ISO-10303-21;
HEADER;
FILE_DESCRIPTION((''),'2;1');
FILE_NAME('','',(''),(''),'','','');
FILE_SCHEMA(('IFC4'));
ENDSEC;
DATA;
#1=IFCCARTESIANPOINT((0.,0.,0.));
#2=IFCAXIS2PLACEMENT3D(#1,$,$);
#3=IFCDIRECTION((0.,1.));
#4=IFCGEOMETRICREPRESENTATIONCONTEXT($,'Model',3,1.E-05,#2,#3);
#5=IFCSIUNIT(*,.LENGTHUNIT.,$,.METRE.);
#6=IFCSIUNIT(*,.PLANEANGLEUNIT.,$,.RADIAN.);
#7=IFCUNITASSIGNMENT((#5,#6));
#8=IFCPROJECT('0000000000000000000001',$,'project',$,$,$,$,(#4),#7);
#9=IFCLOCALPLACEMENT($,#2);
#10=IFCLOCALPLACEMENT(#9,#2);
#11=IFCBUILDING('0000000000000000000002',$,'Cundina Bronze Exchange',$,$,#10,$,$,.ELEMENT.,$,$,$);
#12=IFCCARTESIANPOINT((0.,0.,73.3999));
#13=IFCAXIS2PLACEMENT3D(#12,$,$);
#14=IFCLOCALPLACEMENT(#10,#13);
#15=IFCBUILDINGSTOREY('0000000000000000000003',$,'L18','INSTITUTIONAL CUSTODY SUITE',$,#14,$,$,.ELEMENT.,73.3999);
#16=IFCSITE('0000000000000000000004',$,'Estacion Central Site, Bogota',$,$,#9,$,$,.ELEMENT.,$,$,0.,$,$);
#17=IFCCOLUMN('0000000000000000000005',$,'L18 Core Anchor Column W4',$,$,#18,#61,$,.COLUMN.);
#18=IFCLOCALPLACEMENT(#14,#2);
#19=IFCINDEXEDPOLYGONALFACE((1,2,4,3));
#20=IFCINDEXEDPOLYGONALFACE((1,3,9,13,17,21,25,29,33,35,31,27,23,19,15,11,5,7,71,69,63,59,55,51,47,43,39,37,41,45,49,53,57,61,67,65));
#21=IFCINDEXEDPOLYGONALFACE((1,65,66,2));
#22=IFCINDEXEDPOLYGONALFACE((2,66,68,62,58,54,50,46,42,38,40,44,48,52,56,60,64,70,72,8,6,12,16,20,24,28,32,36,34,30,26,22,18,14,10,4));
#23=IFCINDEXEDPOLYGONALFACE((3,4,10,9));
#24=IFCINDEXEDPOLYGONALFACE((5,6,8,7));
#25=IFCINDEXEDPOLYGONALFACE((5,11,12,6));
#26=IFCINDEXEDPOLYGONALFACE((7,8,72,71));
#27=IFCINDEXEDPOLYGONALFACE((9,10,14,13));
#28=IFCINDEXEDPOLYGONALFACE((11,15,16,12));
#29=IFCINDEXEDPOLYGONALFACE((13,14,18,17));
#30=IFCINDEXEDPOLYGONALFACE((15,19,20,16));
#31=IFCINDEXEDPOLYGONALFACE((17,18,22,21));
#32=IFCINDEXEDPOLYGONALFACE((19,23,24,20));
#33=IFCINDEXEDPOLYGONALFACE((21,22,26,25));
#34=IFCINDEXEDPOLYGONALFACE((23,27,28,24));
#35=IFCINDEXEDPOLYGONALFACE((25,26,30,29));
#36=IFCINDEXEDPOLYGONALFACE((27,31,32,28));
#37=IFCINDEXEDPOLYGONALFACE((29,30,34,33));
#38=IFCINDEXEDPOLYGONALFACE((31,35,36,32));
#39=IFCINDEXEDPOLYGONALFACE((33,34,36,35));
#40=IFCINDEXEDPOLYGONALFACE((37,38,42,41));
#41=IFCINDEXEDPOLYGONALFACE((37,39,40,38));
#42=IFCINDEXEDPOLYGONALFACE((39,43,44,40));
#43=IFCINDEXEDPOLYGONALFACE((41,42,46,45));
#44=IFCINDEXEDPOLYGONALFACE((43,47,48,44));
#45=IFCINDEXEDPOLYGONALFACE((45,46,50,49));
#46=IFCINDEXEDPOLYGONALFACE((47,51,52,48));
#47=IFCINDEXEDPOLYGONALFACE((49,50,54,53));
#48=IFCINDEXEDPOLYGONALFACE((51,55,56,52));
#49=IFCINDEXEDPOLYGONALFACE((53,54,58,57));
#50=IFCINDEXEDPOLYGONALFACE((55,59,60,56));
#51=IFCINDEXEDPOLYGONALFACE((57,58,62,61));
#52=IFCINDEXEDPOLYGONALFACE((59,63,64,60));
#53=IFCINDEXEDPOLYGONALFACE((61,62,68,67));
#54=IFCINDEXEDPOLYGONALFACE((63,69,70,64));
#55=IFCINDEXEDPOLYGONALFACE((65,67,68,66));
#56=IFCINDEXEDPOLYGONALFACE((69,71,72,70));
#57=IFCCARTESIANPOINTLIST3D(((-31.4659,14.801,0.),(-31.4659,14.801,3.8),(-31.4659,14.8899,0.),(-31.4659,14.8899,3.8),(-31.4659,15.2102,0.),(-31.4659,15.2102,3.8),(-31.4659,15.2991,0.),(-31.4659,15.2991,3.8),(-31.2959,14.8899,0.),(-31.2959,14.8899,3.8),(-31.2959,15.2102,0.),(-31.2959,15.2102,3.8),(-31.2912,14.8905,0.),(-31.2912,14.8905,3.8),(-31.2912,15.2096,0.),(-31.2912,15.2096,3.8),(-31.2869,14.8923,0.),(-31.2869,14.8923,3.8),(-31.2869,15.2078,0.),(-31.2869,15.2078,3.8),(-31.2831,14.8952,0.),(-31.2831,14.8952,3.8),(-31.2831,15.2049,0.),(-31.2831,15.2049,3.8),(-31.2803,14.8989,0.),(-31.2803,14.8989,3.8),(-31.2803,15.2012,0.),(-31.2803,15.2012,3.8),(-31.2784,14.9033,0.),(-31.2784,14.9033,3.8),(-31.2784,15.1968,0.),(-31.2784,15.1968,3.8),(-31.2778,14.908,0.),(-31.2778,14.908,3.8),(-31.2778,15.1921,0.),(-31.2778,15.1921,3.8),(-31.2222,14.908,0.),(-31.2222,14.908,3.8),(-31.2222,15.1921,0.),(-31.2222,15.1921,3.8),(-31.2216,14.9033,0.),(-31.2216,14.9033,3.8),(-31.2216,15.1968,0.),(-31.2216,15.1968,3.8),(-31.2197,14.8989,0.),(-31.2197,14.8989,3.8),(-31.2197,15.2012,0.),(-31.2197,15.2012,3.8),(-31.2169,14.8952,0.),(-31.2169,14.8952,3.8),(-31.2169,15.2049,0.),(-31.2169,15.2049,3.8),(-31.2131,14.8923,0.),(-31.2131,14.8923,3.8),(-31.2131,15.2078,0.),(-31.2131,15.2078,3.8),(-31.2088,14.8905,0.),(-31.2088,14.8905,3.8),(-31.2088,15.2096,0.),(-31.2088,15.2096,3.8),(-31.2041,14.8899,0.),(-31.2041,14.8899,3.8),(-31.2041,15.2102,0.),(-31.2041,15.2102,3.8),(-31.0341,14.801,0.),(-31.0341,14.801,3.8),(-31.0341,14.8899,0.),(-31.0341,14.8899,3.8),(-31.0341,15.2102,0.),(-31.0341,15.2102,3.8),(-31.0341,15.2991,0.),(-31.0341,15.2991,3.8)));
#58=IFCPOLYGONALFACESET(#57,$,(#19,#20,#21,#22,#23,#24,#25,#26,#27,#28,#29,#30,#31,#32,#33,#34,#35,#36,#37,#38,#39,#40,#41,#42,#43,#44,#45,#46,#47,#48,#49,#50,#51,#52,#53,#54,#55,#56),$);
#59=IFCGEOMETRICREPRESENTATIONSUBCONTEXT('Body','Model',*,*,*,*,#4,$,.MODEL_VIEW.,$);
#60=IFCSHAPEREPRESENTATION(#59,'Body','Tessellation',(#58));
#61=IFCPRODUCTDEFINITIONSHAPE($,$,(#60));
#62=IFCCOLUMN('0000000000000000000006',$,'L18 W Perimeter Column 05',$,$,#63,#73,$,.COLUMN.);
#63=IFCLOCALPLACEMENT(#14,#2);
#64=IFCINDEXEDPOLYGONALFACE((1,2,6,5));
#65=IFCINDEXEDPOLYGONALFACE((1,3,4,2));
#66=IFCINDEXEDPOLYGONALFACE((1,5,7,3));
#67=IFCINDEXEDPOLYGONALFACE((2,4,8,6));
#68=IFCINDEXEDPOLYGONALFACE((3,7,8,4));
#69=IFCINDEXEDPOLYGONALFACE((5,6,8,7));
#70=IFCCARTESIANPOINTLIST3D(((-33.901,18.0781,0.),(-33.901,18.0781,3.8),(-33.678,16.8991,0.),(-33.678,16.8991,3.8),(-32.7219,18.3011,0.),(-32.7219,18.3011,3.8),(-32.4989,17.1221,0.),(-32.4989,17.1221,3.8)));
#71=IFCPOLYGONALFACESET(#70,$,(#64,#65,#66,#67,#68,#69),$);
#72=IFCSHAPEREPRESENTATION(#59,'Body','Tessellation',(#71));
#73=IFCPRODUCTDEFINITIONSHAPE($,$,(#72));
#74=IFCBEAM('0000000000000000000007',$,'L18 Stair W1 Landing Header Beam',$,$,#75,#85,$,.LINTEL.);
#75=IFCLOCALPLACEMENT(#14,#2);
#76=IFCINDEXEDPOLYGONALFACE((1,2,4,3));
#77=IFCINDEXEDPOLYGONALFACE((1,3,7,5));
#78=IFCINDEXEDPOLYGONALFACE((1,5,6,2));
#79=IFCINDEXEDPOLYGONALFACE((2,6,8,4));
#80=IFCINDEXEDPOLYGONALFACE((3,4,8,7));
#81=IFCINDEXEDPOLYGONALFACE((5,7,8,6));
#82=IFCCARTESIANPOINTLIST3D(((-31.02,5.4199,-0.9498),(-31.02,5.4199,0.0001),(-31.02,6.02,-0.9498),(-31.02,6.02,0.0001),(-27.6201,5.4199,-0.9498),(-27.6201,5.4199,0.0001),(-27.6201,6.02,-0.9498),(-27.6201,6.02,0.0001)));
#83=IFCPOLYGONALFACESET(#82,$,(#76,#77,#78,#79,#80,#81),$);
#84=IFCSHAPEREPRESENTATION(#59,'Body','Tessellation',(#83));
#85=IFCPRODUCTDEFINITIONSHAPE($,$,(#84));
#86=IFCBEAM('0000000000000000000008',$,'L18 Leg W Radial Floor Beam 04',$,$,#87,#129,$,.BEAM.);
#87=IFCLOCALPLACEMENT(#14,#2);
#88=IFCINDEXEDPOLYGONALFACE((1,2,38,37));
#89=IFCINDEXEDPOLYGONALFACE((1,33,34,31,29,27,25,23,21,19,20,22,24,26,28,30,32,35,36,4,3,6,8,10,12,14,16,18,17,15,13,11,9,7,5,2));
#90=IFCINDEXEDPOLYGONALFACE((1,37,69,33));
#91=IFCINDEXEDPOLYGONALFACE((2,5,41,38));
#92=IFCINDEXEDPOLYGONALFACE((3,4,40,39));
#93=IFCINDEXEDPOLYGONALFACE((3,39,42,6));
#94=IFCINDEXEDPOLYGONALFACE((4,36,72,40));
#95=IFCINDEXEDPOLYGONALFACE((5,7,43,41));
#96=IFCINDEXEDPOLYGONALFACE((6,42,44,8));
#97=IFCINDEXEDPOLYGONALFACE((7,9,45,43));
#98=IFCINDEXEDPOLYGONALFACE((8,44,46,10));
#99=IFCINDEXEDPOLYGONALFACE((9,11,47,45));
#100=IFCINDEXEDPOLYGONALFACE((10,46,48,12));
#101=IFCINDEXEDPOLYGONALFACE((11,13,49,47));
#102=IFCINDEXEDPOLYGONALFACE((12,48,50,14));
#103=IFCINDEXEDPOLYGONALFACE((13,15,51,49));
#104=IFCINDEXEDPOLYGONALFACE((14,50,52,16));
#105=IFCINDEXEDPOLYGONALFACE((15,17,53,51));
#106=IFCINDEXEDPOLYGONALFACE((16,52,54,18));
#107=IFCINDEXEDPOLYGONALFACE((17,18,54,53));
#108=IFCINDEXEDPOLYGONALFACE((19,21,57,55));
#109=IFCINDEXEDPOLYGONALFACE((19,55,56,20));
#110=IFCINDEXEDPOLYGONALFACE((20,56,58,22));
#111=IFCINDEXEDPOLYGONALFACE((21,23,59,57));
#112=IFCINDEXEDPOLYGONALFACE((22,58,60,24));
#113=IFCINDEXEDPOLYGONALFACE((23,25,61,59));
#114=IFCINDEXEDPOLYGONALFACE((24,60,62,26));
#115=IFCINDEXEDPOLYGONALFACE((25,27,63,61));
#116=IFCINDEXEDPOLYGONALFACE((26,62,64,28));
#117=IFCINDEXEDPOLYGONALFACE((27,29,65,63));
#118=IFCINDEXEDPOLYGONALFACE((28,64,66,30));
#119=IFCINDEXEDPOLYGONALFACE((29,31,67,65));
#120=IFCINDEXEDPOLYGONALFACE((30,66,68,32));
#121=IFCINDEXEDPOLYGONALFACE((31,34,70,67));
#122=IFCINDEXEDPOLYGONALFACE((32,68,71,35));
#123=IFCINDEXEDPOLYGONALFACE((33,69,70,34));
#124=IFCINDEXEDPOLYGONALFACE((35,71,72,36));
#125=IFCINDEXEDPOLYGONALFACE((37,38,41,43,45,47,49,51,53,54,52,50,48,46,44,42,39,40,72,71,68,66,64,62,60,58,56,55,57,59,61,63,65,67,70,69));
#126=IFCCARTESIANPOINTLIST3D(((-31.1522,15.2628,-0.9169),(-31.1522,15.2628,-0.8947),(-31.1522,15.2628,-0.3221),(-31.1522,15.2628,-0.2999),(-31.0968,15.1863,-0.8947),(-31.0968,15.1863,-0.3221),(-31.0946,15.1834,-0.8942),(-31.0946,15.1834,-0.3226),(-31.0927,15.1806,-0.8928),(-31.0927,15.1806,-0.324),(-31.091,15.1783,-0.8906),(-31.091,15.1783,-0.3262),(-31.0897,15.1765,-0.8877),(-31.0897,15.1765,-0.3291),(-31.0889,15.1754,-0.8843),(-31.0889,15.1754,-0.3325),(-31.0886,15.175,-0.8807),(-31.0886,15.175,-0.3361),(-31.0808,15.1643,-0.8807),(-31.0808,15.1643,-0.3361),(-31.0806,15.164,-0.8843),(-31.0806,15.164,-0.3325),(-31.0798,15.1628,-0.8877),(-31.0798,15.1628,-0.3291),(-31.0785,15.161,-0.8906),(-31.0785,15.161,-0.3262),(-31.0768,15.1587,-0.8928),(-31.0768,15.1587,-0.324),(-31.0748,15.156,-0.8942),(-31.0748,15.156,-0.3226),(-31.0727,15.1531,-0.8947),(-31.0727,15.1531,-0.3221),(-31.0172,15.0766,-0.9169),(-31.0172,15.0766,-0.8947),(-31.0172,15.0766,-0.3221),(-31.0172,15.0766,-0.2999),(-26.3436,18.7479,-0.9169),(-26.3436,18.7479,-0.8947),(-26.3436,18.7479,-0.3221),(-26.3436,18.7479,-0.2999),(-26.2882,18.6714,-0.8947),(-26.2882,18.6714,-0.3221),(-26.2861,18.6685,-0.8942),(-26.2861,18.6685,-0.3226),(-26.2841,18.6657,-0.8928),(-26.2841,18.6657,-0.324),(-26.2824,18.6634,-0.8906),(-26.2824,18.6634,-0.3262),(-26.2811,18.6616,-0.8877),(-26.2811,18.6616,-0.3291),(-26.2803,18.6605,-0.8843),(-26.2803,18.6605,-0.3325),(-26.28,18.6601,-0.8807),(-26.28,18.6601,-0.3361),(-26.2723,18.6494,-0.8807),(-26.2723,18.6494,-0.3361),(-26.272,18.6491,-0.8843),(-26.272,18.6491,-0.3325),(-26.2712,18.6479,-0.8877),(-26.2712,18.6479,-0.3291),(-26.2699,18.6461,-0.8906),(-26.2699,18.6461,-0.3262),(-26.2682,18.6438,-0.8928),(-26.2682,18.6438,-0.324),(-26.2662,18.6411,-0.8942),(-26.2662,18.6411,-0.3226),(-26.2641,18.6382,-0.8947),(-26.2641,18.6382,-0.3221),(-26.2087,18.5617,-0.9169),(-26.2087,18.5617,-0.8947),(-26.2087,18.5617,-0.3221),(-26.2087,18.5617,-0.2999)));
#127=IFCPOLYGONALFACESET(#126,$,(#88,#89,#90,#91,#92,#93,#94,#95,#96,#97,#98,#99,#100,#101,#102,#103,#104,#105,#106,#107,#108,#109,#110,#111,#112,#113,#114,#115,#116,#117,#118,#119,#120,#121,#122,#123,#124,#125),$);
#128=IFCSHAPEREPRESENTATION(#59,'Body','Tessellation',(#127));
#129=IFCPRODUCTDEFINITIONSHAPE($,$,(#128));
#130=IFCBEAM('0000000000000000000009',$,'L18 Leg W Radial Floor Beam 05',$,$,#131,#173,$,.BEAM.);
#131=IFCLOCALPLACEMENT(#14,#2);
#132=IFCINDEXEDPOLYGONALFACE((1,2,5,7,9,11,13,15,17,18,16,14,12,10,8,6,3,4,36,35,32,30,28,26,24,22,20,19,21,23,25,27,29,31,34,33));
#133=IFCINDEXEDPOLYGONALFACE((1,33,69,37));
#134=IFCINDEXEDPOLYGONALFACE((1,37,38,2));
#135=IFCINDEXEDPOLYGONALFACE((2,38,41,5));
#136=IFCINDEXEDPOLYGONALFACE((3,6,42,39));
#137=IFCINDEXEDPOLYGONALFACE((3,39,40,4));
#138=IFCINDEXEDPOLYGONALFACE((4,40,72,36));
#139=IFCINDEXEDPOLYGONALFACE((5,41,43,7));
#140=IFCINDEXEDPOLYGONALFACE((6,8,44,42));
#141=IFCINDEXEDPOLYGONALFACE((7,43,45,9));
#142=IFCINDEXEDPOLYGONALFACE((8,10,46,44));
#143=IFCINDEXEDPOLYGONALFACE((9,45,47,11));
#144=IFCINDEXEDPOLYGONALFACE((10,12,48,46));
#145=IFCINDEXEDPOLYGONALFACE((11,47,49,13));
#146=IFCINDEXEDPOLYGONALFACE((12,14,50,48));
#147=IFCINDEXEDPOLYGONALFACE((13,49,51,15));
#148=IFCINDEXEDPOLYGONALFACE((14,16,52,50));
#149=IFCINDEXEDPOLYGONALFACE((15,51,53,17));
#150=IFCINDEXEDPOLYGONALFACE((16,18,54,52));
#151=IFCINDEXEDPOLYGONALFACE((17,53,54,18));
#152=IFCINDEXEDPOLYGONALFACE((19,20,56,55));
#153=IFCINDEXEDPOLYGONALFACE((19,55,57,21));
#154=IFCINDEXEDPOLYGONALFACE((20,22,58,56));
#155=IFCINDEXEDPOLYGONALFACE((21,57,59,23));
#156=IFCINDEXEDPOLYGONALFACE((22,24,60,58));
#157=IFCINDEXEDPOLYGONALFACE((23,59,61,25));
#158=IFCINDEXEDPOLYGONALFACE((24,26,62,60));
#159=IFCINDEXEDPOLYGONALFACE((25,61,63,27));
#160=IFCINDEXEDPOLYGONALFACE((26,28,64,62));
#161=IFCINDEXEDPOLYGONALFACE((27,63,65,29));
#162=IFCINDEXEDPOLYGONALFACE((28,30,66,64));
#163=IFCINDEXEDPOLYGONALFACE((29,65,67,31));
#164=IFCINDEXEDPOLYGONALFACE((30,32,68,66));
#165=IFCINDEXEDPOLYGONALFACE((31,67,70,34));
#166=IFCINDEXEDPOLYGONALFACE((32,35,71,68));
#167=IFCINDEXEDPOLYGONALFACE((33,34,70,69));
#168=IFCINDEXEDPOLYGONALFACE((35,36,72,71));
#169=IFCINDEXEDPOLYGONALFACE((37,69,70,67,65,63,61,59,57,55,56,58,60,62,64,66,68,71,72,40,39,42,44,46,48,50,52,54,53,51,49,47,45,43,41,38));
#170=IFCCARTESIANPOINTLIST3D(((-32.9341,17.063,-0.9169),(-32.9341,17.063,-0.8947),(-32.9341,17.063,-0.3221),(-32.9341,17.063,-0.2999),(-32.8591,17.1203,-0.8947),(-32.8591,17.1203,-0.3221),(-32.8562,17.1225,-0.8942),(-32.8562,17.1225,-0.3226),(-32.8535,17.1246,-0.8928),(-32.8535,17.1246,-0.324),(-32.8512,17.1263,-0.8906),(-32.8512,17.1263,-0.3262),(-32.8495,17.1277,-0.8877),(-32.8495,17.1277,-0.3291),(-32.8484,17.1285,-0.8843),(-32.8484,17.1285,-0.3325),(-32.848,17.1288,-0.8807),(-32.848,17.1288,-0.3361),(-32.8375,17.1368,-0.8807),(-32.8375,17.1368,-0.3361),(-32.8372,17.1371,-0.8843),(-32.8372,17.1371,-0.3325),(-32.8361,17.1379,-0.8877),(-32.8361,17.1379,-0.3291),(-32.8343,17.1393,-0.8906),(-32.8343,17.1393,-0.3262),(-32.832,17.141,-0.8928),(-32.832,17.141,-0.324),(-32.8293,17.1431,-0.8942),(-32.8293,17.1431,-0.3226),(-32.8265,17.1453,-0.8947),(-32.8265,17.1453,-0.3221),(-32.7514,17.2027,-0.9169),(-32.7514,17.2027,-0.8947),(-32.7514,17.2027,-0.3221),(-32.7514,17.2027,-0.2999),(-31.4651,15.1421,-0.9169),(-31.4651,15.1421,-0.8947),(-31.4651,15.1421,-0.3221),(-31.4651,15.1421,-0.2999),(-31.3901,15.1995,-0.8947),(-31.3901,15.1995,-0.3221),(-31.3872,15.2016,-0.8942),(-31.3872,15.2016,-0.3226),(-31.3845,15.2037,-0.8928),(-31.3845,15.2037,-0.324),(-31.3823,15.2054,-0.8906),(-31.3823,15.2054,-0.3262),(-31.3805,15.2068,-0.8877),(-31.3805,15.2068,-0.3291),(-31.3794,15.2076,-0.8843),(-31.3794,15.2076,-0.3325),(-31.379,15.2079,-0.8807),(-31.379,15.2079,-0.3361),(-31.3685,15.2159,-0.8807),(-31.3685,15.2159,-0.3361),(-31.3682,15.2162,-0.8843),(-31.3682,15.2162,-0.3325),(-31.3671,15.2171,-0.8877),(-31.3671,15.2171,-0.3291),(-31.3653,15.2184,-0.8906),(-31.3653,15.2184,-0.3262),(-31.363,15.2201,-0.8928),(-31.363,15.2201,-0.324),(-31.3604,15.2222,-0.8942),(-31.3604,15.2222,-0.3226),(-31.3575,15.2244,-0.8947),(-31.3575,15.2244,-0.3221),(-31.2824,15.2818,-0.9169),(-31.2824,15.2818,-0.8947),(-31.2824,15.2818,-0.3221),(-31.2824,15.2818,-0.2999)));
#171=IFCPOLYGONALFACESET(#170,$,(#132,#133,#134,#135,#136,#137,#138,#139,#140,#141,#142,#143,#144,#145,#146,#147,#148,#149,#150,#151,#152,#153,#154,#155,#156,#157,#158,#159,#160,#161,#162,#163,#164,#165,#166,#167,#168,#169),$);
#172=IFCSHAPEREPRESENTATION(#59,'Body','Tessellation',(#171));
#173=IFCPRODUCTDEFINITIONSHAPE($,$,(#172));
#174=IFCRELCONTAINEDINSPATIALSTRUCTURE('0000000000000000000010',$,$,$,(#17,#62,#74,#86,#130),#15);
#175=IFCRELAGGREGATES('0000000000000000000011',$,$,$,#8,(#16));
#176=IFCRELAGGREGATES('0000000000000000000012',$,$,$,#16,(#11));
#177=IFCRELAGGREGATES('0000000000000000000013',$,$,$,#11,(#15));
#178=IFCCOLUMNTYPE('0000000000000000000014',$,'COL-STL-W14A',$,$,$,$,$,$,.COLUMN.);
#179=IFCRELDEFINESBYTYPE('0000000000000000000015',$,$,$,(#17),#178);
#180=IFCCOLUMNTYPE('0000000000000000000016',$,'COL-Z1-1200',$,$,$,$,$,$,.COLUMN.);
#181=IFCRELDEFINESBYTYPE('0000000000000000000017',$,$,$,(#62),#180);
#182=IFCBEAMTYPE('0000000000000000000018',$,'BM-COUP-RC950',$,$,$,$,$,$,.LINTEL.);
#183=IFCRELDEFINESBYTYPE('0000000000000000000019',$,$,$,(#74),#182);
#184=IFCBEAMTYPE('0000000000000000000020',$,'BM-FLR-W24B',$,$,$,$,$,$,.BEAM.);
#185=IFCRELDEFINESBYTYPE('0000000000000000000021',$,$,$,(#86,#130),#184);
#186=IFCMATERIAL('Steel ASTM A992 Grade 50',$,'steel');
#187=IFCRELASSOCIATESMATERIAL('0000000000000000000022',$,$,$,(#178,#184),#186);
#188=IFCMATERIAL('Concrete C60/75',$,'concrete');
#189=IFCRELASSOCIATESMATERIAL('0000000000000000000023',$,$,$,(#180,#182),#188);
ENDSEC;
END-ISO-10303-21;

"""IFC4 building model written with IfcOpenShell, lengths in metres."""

from ifc_helpers import new_model, si_unit, direction, frame, origin, origin_2d, place, context, subcontext, project, spatial, rectangle, i_section, extrude, material, material_profile, profile_set, type_object, element, save


model = new_model("IFC4")

# Units and contexts
model_context = context("Model", 3, precision=1e-05, world=origin(), true_north=direction((0.0, 1.0)))
body_context = subcontext(model_context, "Body", "Model", "MODEL_VIEW")
ifc_project = project(units=[si_unit("LENGTHUNIT", "METRE"), si_unit("PLANEANGLEUNIT", "RADIAN")], contexts=[model_context])

# Site, building, storey
site_placement = place(None, origin())
site = spatial("IfcSite", under=ifc_project, at=site_placement, Name="Estacion Central Site, Bogota", CompositionType="ELEMENT", RefElevation=0.0)
building_placement = place(site_placement, origin())
building = spatial("IfcBuilding", under=site, at=building_placement, Name="Cundina Bronze Exchange", CompositionType="ELEMENT")
storey_placement = place(building_placement, frame((0.0, 0.0, 73.3999)))
storey = spatial("IfcBuildingStorey", under=building, at=storey_placement, Name="L18", Description="INSTITUTIONAL CUSTODY SUITE", CompositionType="ELEMENT", Elevation=73.3999)

# Columns
ifc_material_1 = material(Name="Steel ASTM A992 Grade 50", Category="steel")
ifc_material_profile_1 = material_profile(ifc_material_1, i_section(OverallWidth=0.4319, OverallDepth=0.498, WebThickness=0.0557, FlangeThickness=0.0889, FilletRadius=0.0181, at=origin_2d()), Name="W14X500", Category="steel")
ifc_profile_set_1 = profile_set([ifc_material_profile_1], Name="Steel ASTM A992 Grade 50")
column_type_1 = type_object("IfcColumnType", Name="COL-STL-W14A", PredefinedType="COLUMN", material=ifc_profile_set_1)
column_1_placement = place(storey_placement, frame((-31.25, 15.05, 0.0), z_axis=(0.0, 0.0, 1.0), x_axis=(1.0, 0.0, 0.0)))
element("IfcColumn", 1, at=column_1_placement, inside=storey, type_object=column_type_1, Name="L18 Core Anchor Column W4", PredefinedType="COLUMN", context=body_context, shape_type="SweptSolid", body=[
    extrude(i_section(OverallWidth=0.4319, OverallDepth=0.498, WebThickness=0.0557, FlangeThickness=0.0889, FilletRadius=0.0181, at=origin_2d()), origin(), (0.0, 0.0, 1.0), 3.8),
])
ifc_material_2 = material(Name="Concrete C60/75", Category="concrete")
ifc_material_profile_2 = material_profile(ifc_material_2, rectangle(XDim=1.2, YDim=1.2, at=origin_2d()), Name="RC1200X1200", Category="concrete")
ifc_profile_set_2 = profile_set([ifc_material_profile_2], Name="Concrete C60/75")
column_type_2 = type_object("IfcColumnType", Name="COL-Z1-1200", PredefinedType="COLUMN", material=ifc_profile_set_2)
column_2_placement = place(storey_placement, frame((-33.2, 17.6001, 0.0), z_axis=(0.0, 0.0, 1.0), x_axis=(-0.98258, -0.185838, 0.0)))
element("IfcColumn", 2, at=column_2_placement, inside=storey, type_object=column_type_2, Name="L18 W Perimeter Column 05", PredefinedType="COLUMN", context=body_context, shape_type="SweptSolid", body=[
    extrude(rectangle(XDim=1.2, YDim=1.2, at=origin_2d()), origin(), (0.0, 0.0, 1.0), 3.8),
])

# Beams
ifc_material_profile_3 = material_profile(ifc_material_2, rectangle(XDim=0.6001, YDim=0.95, at=origin_2d()), Name="RC600X950", Category="concrete")
ifc_profile_set_3 = profile_set([ifc_material_profile_3], Name="Concrete C60/75")
beam_type_1 = type_object("IfcBeamType", Name="BM-COUP-RC950", PredefinedType="LINTEL", material=ifc_profile_set_3)
beam_1_placement = place(storey_placement, frame((-31.02, 5.72, -0.4749), z_axis=(1.0, 0.0, 0.0), x_axis=(0.0, 1.0, 0.0)))
element("IfcBeam", 3, at=beam_1_placement, inside=storey, type_object=beam_type_1, Name="L18 Stair W1 Landing Header Beam", PredefinedType="LINTEL", context=body_context, shape_type="SweptSolid", body=[
    extrude(rectangle(XDim=0.6001, YDim=0.95, at=origin_2d()), origin(), (0.0, 0.0, 1.0), 3.3999),
])
ifc_material_profile_4 = material_profile(ifc_material_1, i_section(OverallWidth=0.23, OverallDepth=0.6169, WebThickness=0.0132, FlangeThickness=0.0222, FilletRadius=0.0139, at=origin_2d()), Name="W24X94", Category="steel")
ifc_profile_set_4 = profile_set([ifc_material_profile_4], Name="Steel ASTM A992 Grade 50")
beam_type_2 = type_object("IfcBeamType", Name="BM-FLR-W24B", PredefinedType="BEAM", material=ifc_profile_set_4)
beam_2_placement = place(storey_placement, frame((-31.0847, 15.1697, -0.6084), z_axis=(0.8097, 0.586844, 0.0), x_axis=(-0.586844, 0.8097, 0.0)))
element("IfcBeam", 4, at=beam_2_placement, inside=storey, type_object=beam_type_2, Name="L18 Leg W Radial Floor Beam 04", PredefinedType="BEAM", context=body_context, shape_type="SweptSolid", body=[
    extrude(i_section(OverallWidth=0.23, OverallDepth=0.6169, WebThickness=0.0132, FlangeThickness=0.0222, FilletRadius=0.0139, at=origin_2d()), origin(), (0.0, 0.0, 1.0), 5.9387),
])
beam_3_placement = place(storey_placement, frame((-31.3738, 15.2119, -0.6084), z_axis=(-0.607469, 0.794344, 0.0), x_axis=(-0.794344, -0.607469, 0.0)))
element("IfcBeam", 5, at=beam_3_placement, inside=storey, type_object=beam_type_2, Name="L18 Leg W Radial Floor Beam 05", PredefinedType="BEAM", context=body_context, shape_type="SweptSolid", body=[
    extrude(i_section(OverallWidth=0.23, OverallDepth=0.6169, WebThickness=0.0132, FlangeThickness=0.0222, FilletRadius=0.0139, at=origin_2d()), origin(), (0.0, 0.0, 1.0), 2.4182),
])

save(model, "model.ifc")
